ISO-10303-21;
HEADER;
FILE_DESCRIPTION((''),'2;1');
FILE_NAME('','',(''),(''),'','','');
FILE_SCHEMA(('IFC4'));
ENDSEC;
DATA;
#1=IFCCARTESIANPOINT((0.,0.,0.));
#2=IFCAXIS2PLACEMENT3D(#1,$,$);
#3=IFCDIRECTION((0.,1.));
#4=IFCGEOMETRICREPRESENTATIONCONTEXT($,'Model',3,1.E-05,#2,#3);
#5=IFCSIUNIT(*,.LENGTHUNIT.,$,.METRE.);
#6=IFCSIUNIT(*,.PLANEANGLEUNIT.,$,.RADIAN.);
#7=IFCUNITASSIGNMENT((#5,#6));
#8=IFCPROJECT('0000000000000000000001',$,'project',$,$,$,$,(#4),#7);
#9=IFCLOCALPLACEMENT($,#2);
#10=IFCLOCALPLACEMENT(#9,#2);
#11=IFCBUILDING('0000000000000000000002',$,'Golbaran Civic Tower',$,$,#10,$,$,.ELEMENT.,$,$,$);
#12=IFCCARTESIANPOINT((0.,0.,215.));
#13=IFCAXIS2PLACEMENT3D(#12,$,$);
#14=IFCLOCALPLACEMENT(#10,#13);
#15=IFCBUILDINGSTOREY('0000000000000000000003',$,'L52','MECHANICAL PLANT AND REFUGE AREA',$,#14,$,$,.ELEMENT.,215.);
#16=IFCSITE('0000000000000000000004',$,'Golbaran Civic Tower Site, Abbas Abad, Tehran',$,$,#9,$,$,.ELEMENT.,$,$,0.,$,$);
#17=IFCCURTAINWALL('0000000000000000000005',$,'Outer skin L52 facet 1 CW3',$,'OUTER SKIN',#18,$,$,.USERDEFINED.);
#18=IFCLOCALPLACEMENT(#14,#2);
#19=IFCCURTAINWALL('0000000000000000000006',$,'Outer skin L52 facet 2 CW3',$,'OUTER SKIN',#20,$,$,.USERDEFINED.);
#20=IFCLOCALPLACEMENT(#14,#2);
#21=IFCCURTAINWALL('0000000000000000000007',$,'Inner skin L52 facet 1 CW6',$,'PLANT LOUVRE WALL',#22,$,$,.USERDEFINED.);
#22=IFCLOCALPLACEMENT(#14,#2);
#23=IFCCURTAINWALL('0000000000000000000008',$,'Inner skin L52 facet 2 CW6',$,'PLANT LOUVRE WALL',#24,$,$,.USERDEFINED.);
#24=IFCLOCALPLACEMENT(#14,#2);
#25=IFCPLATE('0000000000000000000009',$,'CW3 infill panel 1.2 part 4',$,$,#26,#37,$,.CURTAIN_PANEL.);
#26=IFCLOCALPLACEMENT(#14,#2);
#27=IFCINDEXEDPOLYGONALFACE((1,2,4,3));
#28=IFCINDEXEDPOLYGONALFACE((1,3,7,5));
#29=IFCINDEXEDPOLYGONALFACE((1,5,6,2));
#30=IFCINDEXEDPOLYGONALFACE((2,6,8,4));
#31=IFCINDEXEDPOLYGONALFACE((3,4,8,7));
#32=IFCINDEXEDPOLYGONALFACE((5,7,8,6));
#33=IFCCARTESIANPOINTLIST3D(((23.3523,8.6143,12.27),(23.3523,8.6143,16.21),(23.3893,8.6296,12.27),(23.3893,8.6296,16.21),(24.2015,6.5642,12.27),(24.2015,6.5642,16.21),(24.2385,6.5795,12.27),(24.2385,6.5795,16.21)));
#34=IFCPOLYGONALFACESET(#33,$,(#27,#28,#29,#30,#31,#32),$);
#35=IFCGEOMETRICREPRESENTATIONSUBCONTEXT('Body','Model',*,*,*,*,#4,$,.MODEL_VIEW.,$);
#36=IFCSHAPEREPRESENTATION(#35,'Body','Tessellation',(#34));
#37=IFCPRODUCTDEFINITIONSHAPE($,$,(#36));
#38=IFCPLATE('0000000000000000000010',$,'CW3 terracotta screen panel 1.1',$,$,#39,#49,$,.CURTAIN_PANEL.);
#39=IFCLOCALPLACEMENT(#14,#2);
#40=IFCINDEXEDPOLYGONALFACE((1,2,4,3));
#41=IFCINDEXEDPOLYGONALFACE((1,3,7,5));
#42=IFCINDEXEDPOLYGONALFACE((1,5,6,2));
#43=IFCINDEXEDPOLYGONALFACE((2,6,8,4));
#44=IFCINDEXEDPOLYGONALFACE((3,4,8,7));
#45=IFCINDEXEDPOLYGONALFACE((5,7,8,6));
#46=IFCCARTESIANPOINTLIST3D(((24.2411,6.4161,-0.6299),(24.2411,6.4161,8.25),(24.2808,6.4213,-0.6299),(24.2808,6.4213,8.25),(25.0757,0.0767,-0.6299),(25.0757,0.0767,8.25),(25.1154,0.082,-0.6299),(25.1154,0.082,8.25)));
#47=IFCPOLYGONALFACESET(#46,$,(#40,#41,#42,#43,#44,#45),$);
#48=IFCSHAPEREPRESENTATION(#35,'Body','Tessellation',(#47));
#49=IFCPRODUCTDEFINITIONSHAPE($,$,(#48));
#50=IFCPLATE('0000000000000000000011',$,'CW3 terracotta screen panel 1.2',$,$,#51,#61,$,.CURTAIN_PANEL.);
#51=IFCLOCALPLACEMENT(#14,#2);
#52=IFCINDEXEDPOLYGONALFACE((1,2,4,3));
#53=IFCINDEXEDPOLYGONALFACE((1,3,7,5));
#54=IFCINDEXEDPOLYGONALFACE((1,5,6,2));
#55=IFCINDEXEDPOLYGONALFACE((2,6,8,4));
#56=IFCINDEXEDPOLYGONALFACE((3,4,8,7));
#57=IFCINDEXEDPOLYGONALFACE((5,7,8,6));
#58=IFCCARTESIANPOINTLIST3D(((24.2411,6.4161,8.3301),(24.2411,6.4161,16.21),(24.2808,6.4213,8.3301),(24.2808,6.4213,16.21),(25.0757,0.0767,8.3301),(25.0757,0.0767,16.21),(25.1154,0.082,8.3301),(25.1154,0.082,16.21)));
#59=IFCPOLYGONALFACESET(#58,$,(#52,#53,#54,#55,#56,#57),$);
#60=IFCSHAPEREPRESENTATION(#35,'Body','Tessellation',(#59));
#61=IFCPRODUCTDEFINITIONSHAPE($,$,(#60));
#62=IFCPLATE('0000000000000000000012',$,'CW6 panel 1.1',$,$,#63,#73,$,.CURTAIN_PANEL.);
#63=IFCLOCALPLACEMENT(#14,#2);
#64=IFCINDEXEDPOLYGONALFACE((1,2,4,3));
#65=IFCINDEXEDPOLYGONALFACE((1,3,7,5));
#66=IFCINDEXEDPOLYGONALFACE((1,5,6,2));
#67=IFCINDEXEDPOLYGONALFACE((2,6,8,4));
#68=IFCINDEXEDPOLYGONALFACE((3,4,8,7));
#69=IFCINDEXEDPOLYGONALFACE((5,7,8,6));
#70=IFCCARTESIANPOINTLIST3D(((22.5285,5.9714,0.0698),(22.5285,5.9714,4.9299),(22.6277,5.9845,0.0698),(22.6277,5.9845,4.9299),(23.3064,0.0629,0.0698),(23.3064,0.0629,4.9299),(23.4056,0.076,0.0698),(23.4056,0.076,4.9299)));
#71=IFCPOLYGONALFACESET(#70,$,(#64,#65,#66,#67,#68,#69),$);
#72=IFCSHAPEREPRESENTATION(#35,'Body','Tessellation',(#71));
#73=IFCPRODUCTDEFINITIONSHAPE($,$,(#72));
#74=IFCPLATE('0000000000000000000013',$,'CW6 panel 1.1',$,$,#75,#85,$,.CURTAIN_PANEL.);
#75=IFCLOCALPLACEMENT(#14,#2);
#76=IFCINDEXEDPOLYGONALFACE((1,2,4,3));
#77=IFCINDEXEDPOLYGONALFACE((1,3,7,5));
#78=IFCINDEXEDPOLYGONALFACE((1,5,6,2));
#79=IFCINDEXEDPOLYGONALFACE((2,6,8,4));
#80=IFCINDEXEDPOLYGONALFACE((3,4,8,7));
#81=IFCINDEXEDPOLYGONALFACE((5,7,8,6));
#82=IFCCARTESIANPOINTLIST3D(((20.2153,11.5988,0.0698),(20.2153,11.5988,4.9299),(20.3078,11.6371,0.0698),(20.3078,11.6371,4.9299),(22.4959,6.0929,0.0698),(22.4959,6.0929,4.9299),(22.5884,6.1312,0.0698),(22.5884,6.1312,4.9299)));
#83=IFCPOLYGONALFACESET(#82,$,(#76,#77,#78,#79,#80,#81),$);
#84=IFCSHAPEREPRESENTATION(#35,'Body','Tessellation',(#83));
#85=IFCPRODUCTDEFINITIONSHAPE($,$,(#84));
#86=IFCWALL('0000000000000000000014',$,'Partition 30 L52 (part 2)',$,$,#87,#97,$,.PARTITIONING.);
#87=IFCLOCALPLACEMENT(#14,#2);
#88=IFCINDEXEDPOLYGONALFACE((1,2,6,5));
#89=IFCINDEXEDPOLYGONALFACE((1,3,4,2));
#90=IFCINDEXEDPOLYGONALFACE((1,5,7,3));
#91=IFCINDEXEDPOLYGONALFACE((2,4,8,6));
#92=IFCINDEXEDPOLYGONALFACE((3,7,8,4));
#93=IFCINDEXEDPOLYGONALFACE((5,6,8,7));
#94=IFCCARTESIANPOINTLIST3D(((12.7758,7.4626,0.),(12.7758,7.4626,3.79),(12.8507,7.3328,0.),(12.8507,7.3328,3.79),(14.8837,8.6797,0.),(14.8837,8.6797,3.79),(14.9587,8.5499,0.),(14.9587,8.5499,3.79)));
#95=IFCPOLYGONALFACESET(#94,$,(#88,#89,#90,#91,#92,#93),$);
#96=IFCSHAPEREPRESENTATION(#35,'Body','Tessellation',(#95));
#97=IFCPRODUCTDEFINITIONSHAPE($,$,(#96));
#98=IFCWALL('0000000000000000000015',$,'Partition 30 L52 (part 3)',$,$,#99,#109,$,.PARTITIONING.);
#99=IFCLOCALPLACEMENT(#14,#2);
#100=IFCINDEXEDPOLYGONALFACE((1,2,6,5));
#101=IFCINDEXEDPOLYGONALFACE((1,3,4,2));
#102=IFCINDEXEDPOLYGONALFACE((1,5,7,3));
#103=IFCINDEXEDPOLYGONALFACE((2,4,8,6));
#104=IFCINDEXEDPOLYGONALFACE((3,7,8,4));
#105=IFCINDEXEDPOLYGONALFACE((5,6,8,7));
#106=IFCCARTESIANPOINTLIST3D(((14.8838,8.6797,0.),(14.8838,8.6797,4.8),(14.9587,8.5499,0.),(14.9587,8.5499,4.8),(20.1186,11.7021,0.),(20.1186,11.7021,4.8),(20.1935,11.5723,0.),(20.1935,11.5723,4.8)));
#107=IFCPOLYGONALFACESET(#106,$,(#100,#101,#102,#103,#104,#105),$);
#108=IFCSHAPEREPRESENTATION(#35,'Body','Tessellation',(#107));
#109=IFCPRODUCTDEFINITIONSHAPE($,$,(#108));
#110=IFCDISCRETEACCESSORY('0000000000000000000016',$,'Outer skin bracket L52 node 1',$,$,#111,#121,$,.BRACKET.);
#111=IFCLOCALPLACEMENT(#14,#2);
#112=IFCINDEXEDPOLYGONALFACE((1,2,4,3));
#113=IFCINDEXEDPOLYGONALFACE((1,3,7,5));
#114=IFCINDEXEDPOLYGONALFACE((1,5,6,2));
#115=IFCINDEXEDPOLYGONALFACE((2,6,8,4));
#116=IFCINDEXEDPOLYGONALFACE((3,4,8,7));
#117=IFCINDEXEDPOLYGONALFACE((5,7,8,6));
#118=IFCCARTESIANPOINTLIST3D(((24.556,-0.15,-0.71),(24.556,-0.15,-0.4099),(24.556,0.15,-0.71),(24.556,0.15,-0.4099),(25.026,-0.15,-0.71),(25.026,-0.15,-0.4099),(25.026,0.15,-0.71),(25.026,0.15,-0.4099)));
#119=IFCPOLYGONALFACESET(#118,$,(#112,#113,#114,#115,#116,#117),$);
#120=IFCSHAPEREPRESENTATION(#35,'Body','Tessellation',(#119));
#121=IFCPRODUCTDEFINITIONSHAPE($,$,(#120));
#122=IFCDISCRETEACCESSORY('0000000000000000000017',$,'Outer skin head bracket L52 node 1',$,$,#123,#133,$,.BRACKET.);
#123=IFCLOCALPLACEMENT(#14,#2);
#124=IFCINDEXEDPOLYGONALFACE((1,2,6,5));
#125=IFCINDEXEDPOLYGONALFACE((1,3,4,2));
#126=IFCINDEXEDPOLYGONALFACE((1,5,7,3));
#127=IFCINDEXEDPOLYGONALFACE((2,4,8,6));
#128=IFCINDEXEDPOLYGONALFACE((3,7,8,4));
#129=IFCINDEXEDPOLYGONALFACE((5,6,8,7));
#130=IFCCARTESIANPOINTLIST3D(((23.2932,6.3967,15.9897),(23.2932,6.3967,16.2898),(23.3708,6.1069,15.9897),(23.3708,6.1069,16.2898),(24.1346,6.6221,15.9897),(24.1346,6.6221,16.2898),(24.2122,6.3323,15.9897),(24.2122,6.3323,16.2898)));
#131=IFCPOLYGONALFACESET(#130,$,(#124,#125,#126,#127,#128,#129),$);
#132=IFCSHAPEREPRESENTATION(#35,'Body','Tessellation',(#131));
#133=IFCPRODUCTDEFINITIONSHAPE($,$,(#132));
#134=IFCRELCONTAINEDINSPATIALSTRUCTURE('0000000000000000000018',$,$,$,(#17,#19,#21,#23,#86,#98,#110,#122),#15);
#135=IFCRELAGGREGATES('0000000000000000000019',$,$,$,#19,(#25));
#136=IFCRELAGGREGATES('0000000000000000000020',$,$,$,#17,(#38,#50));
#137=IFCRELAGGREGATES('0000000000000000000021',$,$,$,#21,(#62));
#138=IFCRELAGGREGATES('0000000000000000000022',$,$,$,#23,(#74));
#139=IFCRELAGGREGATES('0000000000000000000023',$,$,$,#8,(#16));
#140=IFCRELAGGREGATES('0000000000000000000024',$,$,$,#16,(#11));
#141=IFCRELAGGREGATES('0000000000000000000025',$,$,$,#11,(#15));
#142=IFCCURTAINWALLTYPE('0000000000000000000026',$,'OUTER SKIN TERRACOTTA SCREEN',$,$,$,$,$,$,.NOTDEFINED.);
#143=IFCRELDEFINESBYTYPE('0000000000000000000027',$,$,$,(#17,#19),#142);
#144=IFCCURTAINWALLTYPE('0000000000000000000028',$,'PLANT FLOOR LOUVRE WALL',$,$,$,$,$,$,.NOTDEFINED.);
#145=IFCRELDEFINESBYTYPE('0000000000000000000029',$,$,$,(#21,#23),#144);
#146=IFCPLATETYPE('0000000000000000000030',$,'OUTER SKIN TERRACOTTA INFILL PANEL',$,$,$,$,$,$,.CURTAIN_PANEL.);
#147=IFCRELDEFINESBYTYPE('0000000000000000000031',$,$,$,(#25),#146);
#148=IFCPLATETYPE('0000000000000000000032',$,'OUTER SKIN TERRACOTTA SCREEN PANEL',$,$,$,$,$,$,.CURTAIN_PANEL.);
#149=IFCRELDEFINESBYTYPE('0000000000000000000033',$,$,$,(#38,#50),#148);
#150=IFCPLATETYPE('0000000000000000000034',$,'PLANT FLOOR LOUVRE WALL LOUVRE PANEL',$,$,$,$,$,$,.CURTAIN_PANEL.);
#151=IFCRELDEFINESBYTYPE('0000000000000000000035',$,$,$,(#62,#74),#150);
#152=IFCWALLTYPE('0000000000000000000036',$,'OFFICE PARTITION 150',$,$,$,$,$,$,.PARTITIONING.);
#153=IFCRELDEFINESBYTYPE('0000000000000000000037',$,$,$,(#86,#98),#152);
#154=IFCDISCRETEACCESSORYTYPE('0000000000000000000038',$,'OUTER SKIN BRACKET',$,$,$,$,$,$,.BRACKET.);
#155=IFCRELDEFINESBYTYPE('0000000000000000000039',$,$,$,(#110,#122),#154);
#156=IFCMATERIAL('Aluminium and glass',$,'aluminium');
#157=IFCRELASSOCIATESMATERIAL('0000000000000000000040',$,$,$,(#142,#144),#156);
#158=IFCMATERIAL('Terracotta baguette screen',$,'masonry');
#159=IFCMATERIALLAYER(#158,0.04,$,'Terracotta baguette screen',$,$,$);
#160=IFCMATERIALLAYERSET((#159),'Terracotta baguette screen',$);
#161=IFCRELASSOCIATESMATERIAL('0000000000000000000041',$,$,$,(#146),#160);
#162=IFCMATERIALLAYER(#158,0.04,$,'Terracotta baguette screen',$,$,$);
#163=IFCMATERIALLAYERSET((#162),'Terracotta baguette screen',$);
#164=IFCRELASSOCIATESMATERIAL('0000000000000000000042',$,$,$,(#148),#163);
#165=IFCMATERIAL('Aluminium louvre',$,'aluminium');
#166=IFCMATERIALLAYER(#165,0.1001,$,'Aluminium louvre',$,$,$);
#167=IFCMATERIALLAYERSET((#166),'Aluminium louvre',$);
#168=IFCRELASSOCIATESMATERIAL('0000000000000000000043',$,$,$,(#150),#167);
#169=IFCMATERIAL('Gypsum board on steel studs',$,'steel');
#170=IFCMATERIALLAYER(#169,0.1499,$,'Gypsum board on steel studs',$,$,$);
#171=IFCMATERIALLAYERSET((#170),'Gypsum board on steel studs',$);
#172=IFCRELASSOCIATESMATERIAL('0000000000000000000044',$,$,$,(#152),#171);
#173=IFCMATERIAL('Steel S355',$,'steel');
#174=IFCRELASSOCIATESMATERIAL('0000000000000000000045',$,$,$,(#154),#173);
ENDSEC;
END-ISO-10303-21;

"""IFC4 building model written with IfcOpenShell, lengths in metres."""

from ifc_helpers import new_model, si_unit, direction, frame, frame_2d, origin, origin_2d, place, context, subcontext, project, spatial, rectangle, extrude, material, layer, layer_set, type_object, element, aggregate, save


model = new_model("IFC4")

# Units and contexts
model_context = context("Model", 3, precision=1e-05, world=origin(), true_north=direction((0.0, 1.0)))
body_context = subcontext(model_context, "Body", "Model", "MODEL_VIEW")
ifc_project = project(units=[si_unit("LENGTHUNIT", "METRE"), si_unit("PLANEANGLEUNIT", "RADIAN")], contexts=[model_context])

# Site, building, storey
site_placement = place(None, origin())
site = spatial("IfcSite", under=ifc_project, at=site_placement, Name="Golbaran Civic Tower Site, Abbas Abad, Tehran", CompositionType="ELEMENT", RefElevation=0.0)
building_placement = place(site_placement, origin())
building = spatial("IfcBuilding", under=site, at=building_placement, Name="Golbaran Civic Tower", CompositionType="ELEMENT")
storey_placement = place(building_placement, frame((0.0, 0.0, 215.0)))
storey = spatial("IfcBuildingStorey", under=building, at=storey_placement, Name="L52", Description="MECHANICAL PLANT AND REFUGE AREA", CompositionType="ELEMENT", Elevation=215.0)

# Shared definitions
ifc_material_1 = material(Name="Steel S355", Category="steel")

# Curtain wall
ifc_material_2 = material(Name="Aluminium and glass", Category="aluminium")
curtain_wall_type_1 = type_object("IfcCurtainWallType", Name="OUTER SKIN TERRACOTTA SCREEN", PredefinedType="NOTDEFINED", material=ifc_material_2)
curtain_wall_1_placement = place(storey_placement, origin())
curtain_wall_1 = element("IfcCurtainWall", 1, at=curtain_wall_1_placement, inside=storey, type_object=curtain_wall_type_1, Name="Outer skin L52 facet 1 CW3", ObjectType="OUTER SKIN", PredefinedType="USERDEFINED")

# Curtain wall
curtain_wall_2_placement = place(storey_placement, origin())
curtain_wall_2 = element("IfcCurtainWall", 2, at=curtain_wall_2_placement, inside=storey, type_object=curtain_wall_type_1, Name="Outer skin L52 facet 2 CW3", ObjectType="OUTER SKIN", PredefinedType="USERDEFINED")

# Curtain wall
curtain_wall_type_2 = type_object("IfcCurtainWallType", Name="PLANT FLOOR LOUVRE WALL", PredefinedType="NOTDEFINED", material=ifc_material_2)
curtain_wall_3_placement = place(storey_placement, origin())
curtain_wall_3 = element("IfcCurtainWall", 3, at=curtain_wall_3_placement, inside=storey, type_object=curtain_wall_type_2, Name="Inner skin L52 facet 1 CW6", ObjectType="PLANT LOUVRE WALL", PredefinedType="USERDEFINED")

# Curtain wall
curtain_wall_4_placement = place(storey_placement, origin())
curtain_wall_4 = element("IfcCurtainWall", 4, at=curtain_wall_4_placement, inside=storey, type_object=curtain_wall_type_2, Name="Inner skin L52 facet 2 CW6", ObjectType="PLANT LOUVRE WALL", PredefinedType="USERDEFINED")

# Plates
ifc_material_3 = material(Name="Terracotta baguette screen", Category="masonry")
ifc_layer_1 = layer(ifc_material_3, 0.04, Name="Terracotta baguette screen")
ifc_layer_set_1 = layer_set([ifc_layer_1], Name="Terracotta baguette screen")
plate_type_1 = type_object("IfcPlateType", Name="OUTER SKIN TERRACOTTA INFILL PANEL", PredefinedType="CURTAIN_PANEL", material=ifc_layer_set_1)
plate_1_placement = place(storey_placement, frame((23.7954, 7.5969, 12.27), z_axis=(0.0, 0.0, 1.0), x_axis=(-0.382683, 0.92388, 0.0)))
plate_1 = element("IfcPlate", 5, at=plate_1_placement, type_object=plate_type_1, Name="CW3 infill panel 1.2 part 4", PredefinedType="CURTAIN_PANEL", context=body_context, shape_type="SweptSolid", body=[
    extrude(rectangle(XDim=2.219, YDim=0.04, at=origin_2d()), origin(), (0.0, 0.0, 1.0), 3.9399),
])
aggregate(curtain_wall_2, [plate_1])
ifc_layer_2 = layer(ifc_material_3, 0.04, Name="Terracotta baguette screen")
ifc_layer_set_2 = layer_set([ifc_layer_2], Name="Terracotta baguette screen")
plate_type_2 = type_object("IfcPlateType", Name="OUTER SKIN TERRACOTTA SCREEN PANEL", PredefinedType="CURTAIN_PANEL", material=ifc_layer_set_2)
plate_2_placement = place(storey_placement, frame((24.6782, 3.249, -0.6299), z_axis=(0.0, 0.0, 1.0), x_axis=(-0.130526, 0.991445, 0.0)))
plate_2 = element("IfcPlate", 6, at=plate_2_placement, type_object=plate_type_2, Name="CW3 terracotta screen panel 1.1", PredefinedType="CURTAIN_PANEL", context=body_context, shape_type="SweptSolid", body=[
    extrude(rectangle(XDim=6.394, YDim=0.04, at=origin_2d()), origin(), (0.0, 0.0, 1.0), 8.8799),
])
plate_3_placement = place(storey_placement, frame((24.6782, 3.249, 8.3301), z_axis=(0.0, 0.0, 1.0), x_axis=(-0.130526, 0.991445, 0.0)))
plate_3 = element("IfcPlate", 7, at=plate_3_placement, type_object=plate_type_2, Name="CW3 terracotta screen panel 1.2", PredefinedType="CURTAIN_PANEL", context=body_context, shape_type="SweptSolid", body=[
    extrude(rectangle(XDim=6.394, YDim=0.04, at=origin_2d()), origin(), (0.0, 0.0, 1.0), 7.8799),
])
aggregate(curtain_wall_1, [plate_2, plate_3])
ifc_material_4 = material(Name="Aluminium louvre", Category="aluminium")
ifc_layer_3 = layer(ifc_material_4, 0.1001, Name="Aluminium louvre")
ifc_layer_set_3 = layer_set([ifc_layer_3], Name="Aluminium louvre")
plate_type_3 = type_object("IfcPlateType", Name="PLANT FLOOR LOUVRE WALL LOUVRE PANEL", PredefinedType="CURTAIN_PANEL", material=ifc_layer_set_3)
plate_4_placement = place(storey_placement, frame((22.967, 3.0237, 0.0698), z_axis=(0.0, 0.0, 1.0), x_axis=(-0.130526, 0.991445, 0.0)))
plate_4 = element("IfcPlate", 8, at=plate_4_placement, type_object=plate_type_3, Name="CW6 panel 1.1", PredefinedType="CURTAIN_PANEL", context=body_context, shape_type="SweptSolid", body=[
    extrude(rectangle(XDim=5.9595, YDim=0.1001, at=origin_2d()), origin(), (0.0, 0.0, 1.0), 4.8601),
])
aggregate(curtain_wall_3, [plate_4])
plate_5_placement = place(storey_placement, frame((21.4019, 8.865, 0.0698), z_axis=(0.0, 0.0, 1.0), x_axis=(-0.382683, 0.92388, 0.0)))
plate_5 = element("IfcPlate", 9, at=plate_5_placement, type_object=plate_type_3, Name="CW6 panel 1.1", PredefinedType="CURTAIN_PANEL", context=body_context, shape_type="SweptSolid", body=[
    extrude(rectangle(XDim=5.9595, YDim=0.1001, at=origin_2d()), origin(), (0.0, 0.0, 1.0), 4.8601),
])
aggregate(curtain_wall_4, [plate_5])

# Walls
ifc_material_5 = material(Name="Gypsum board on steel studs", Category="steel")
ifc_layer_4 = layer(ifc_material_5, 0.1499, Name="Gypsum board on steel studs")
ifc_layer_set_4 = layer_set([ifc_layer_4], Name="Gypsum board on steel studs")
wall_type = type_object("IfcWallType", Name="OFFICE PARTITION 150", PredefinedType="PARTITIONING", material=ifc_layer_set_4)
wall_1_placement = place(storey_placement, frame((12.8132, 7.3977, 0.0), z_axis=(0.0, 0.0, 1.0), x_axis=(0.866019, 0.500012, 0.0)))
element("IfcWall", 10, at=wall_1_placement, inside=storey, type_object=wall_type, Name="Partition 30 L52 (part 2)", PredefinedType="PARTITIONING", context=body_context, shape_type="SweptSolid", body=[
    extrude(rectangle(XDim=2.4341, YDim=0.1499, at=frame_2d((1.217, 0.0))), origin(), (0.0, 0.0, 1.0), 3.79),
])
wall_2_placement = place(storey_placement, frame((14.9211, 8.6147, 0.0), z_axis=(0.0, 0.0, 1.0), x_axis=(0.866017, 0.500014, 0.0)))
element("IfcWall", 11, at=wall_2_placement, inside=storey, type_object=wall_type, Name="Partition 30 L52 (part 3)", PredefinedType="PARTITIONING", context=body_context, shape_type="SweptSolid", body=[
    extrude(rectangle(XDim=6.0447, YDim=0.1499, at=frame_2d((3.0225, 0.0))), origin(), (0.0, 0.0, 1.0), 4.8),
])

# Discrete accessories
discrete_accessory_type = type_object("IfcDiscreteAccessoryType", Name="OUTER SKIN BRACKET", PredefinedType="BRACKET", material=ifc_material_1)
discrete_accessory_1_placement = place(storey_placement, frame((24.791, 0.0, -0.71), z_axis=(0.0, 0.0, 1.0), x_axis=(1.0, 0.0, 0.0)))
element("IfcDiscreteAccessory", 12, at=discrete_accessory_1_placement, inside=storey, type_object=discrete_accessory_type, Name="Outer skin bracket L52 node 1", PredefinedType="BRACKET", context=body_context, shape_type="SweptSolid", body=[
    extrude(rectangle(XDim=0.47, YDim=0.3, at=origin_2d()), origin(), (0.0, 0.0, 1.0), 0.3),
])
discrete_accessory_2_placement = place(storey_placement, frame((23.7527, 6.3645, 15.9897), z_axis=(0.0, 0.0, 1.0), x_axis=(0.965926, 0.258819, 0.0)))
element("IfcDiscreteAccessory", 13, at=discrete_accessory_2_placement, inside=storey, type_object=discrete_accessory_type, Name="Outer skin head bracket L52 node 1", PredefinedType="BRACKET", context=body_context, shape_type="SweptSolid", body=[
    extrude(rectangle(XDim=0.8711, YDim=0.3, at=origin_2d()), origin(), (0.0, 0.0, 1.0), 0.3),
])

save(model, "model.ifc")
